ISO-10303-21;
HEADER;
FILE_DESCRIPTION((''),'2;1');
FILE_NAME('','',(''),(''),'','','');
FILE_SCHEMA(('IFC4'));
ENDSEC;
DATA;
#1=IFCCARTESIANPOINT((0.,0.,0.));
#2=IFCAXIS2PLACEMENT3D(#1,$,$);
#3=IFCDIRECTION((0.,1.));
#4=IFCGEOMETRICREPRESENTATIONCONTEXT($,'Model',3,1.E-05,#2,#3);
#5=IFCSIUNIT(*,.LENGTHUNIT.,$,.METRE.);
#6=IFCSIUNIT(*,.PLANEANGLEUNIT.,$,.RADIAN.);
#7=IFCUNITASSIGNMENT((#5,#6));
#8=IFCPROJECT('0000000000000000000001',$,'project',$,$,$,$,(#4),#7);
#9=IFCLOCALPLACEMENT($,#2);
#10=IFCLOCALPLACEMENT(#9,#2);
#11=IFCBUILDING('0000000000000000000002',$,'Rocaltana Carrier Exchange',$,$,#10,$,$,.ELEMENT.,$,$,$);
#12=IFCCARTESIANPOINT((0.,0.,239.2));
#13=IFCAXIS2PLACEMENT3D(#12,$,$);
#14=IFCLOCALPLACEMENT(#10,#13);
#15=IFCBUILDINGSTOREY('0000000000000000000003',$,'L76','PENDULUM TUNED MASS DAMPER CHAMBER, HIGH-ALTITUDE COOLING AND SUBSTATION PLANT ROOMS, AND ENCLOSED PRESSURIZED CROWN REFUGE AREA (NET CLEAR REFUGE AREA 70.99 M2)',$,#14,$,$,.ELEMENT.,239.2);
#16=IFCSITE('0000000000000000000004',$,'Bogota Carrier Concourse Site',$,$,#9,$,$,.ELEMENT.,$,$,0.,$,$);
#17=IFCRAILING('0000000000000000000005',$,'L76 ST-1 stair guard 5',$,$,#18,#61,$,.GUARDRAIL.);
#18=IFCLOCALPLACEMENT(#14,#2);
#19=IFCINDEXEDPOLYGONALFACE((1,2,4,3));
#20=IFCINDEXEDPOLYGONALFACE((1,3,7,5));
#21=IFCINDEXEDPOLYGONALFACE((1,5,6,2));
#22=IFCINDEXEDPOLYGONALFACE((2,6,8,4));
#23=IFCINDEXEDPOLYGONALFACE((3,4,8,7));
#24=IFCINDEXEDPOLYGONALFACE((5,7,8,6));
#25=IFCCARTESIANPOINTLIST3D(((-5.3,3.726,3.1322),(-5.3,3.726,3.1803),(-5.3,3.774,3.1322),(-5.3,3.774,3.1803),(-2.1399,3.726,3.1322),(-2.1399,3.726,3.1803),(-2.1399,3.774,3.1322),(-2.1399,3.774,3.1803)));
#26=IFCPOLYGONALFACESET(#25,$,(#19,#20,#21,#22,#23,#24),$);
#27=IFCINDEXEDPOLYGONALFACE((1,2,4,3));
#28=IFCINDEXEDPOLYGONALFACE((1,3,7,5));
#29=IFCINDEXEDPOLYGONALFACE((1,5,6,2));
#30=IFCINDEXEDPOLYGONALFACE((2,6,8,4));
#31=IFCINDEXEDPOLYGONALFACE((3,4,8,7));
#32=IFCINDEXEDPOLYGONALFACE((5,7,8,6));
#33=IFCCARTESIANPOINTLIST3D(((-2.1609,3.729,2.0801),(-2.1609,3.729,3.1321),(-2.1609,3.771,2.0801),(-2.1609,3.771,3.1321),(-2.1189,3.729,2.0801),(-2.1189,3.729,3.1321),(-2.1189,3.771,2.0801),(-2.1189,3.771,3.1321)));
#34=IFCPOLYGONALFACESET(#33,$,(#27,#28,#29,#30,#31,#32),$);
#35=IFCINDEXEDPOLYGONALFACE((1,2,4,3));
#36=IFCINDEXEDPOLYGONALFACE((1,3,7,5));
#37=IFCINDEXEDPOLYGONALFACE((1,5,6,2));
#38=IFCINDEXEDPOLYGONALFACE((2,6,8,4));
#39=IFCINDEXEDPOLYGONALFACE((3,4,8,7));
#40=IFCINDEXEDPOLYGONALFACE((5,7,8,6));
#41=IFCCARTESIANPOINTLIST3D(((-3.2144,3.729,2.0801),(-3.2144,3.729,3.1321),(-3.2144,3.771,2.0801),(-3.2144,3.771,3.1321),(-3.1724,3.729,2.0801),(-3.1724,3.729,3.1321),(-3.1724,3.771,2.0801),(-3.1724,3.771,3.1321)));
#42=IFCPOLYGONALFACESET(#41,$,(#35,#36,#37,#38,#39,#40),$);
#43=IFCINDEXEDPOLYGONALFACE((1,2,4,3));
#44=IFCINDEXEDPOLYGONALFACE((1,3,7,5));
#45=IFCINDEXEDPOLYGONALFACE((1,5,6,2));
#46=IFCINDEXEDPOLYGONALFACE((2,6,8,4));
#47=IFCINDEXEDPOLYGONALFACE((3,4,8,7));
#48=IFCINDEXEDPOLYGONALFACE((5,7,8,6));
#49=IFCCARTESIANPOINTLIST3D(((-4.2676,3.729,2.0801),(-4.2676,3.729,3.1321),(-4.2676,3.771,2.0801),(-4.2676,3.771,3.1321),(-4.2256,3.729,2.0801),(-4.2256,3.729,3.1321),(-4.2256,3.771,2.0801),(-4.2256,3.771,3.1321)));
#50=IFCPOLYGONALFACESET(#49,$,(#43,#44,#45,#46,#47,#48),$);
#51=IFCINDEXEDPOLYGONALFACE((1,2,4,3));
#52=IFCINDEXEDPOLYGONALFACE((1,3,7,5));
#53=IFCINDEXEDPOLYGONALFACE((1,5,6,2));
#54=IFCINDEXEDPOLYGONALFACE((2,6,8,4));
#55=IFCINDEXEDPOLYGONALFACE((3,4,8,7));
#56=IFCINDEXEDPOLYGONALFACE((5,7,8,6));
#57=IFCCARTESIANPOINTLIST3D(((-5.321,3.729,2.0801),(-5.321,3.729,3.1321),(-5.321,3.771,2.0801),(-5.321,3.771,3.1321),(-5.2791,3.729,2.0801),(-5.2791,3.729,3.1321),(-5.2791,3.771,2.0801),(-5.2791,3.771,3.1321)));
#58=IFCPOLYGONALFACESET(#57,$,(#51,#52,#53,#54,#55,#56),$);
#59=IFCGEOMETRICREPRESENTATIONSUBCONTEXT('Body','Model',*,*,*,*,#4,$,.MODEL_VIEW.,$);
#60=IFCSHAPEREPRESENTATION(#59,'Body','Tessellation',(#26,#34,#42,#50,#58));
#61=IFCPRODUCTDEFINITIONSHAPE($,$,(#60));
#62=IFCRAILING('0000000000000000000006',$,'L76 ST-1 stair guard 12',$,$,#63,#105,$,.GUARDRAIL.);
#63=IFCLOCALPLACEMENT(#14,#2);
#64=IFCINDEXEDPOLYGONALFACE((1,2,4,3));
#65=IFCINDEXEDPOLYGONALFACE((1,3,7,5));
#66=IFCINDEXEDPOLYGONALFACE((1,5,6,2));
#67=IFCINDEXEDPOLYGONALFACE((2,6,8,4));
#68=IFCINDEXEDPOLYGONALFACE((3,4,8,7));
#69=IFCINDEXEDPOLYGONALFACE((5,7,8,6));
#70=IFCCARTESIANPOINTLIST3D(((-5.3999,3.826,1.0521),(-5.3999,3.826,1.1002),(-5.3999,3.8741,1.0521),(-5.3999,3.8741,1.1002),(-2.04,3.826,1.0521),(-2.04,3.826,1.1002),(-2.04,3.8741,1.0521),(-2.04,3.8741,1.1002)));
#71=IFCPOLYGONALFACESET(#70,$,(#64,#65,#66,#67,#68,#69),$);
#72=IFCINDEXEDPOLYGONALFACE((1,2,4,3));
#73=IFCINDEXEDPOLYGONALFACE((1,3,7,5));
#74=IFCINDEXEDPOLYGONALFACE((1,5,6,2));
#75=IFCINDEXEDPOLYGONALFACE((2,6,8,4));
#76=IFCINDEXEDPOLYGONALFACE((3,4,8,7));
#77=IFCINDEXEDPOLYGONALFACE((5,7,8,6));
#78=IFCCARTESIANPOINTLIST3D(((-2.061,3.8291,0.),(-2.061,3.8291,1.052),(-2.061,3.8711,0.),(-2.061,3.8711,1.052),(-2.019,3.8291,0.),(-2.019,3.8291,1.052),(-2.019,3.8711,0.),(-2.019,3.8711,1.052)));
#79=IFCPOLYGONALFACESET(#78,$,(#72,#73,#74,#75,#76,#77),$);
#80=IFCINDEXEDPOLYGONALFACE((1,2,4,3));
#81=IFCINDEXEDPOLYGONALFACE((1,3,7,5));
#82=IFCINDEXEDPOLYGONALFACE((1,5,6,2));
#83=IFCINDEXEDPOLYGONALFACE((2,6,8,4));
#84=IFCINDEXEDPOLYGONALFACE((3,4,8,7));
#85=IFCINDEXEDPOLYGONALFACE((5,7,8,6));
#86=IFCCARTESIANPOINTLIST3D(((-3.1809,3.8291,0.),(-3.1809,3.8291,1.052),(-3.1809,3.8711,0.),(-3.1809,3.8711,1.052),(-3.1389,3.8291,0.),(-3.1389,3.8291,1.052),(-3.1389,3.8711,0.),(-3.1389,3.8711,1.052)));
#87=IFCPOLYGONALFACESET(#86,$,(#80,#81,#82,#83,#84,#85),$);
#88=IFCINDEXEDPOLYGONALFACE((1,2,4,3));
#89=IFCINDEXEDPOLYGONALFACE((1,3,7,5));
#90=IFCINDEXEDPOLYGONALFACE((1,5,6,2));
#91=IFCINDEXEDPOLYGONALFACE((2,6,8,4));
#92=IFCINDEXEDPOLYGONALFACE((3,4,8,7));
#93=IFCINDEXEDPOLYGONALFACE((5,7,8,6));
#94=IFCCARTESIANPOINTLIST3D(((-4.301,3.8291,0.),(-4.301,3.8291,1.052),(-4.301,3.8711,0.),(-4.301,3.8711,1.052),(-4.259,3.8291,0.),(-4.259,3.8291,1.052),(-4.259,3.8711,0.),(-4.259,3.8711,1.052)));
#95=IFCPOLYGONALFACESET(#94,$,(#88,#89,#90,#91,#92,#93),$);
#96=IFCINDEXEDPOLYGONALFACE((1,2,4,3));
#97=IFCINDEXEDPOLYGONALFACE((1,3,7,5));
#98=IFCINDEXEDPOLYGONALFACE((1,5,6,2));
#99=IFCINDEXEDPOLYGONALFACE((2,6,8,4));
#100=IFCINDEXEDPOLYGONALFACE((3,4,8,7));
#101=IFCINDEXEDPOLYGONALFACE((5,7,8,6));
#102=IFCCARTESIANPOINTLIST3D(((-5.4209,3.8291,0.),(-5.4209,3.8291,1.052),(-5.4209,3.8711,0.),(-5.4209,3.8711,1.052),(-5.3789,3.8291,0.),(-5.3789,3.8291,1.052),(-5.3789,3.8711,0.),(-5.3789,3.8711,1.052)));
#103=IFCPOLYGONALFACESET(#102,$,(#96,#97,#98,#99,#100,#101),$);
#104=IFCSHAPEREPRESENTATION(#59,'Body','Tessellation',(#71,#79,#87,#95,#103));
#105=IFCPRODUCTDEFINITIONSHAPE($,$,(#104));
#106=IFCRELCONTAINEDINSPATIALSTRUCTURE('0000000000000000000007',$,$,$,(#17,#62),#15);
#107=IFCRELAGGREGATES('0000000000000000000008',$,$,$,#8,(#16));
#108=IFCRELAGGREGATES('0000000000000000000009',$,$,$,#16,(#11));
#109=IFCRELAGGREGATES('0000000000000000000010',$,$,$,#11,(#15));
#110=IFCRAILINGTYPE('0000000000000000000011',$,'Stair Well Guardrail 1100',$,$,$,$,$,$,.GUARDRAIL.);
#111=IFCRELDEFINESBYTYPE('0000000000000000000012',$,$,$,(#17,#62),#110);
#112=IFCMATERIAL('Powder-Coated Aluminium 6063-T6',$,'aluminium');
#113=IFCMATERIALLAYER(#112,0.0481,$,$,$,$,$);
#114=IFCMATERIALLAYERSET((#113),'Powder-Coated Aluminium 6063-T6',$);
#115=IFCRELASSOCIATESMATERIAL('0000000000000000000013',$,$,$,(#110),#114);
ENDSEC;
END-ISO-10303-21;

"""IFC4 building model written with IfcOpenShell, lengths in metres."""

from ifc_helpers import new_model, si_unit, direction, frame, origin, origin_2d, place, context, subcontext, project, spatial, rectangle, extrude, material, layer, layer_set, type_object, element, save


model = new_model("IFC4")

# Units and contexts
model_context = context("Model", 3, precision=1e-05, world=origin(), true_north=direction((0.0, 1.0)))
body_context = subcontext(model_context, "Body", "Model", "MODEL_VIEW")
ifc_project = project(units=[si_unit("LENGTHUNIT", "METRE"), si_unit("PLANEANGLEUNIT", "RADIAN")], contexts=[model_context])

# Site, building, storey
site_placement = place(None, origin())
site = spatial("IfcSite", under=ifc_project, at=site_placement, Name="Bogota Carrier Concourse Site", CompositionType="ELEMENT", RefElevation=0.0)
building_placement = place(site_placement, origin())
building = spatial("IfcBuilding", under=site, at=building_placement, Name="Rocaltana Carrier Exchange", CompositionType="ELEMENT")
storey_placement = place(building_placement, frame((0.0, 0.0, 239.2)))
storey = spatial("IfcBuildingStorey", under=building, at=storey_placement, Name="L76", Description="PENDULUM TUNED MASS DAMPER CHAMBER, HIGH-ALTITUDE COOLING AND SUBSTATION PLANT ROOMS, AND ENCLOSED PRESSURIZED CROWN REFUGE AREA (NET CLEAR REFUGE AREA 70.99 M2)", CompositionType="ELEMENT", Elevation=239.2)

# Railings
ifc_material_1 = material(Name="Powder-Coated Aluminium 6063-T6", Category="aluminium")
ifc_layer_1 = layer(ifc_material_1, 0.0481)
ifc_layer_set_1 = layer_set([ifc_layer_1], Name="Powder-Coated Aluminium 6063-T6")
railing_type_1 = type_object("IfcRailingType", Name="Stair Well Guardrail 1100", PredefinedType="GUARDRAIL", material=ifc_layer_set_1)
railing_1_placement = place(storey_placement, frame((-2.1399, 3.75, 2.0801)))
element("IfcRailing", 1, at=railing_1_placement, inside=storey, type_object=railing_type_1, Name="L76 ST-1 stair guard 5", PredefinedType="GUARDRAIL", context=body_context, shape_type="SweptSolid", body=[
    extrude(rectangle(XDim=0.0481, YDim=0.0481, at=origin_2d()), frame((0.0, 0.0, 1.0762), z_axis=(-1.0, 0.0, 0.0), x_axis=(0.0, -1.0, 0.0)), (0.0, 0.0, 1.0), 3.1602),
    extrude(rectangle(XDim=0.042, YDim=0.042, at=origin_2d()), origin(), (0.0, 0.0, 1.0), 1.052),
    extrude(rectangle(XDim=0.042, YDim=0.042, at=origin_2d()), frame((-1.0535, 0.0, 0.0)), (0.0, 0.0, 1.0), 1.052),
    extrude(rectangle(XDim=0.042, YDim=0.042, at=origin_2d()), frame((-2.1067, 0.0, 0.0)), (0.0, 0.0, 1.0), 1.052),
    extrude(rectangle(XDim=0.042, YDim=0.042, at=origin_2d()), frame((-3.1602, 0.0, 0.0)), (0.0, 0.0, 1.0), 1.052),
])
railing_2_placement = place(storey_placement, frame((-2.04, 3.8501, 0.0)))
element("IfcRailing", 2, at=railing_2_placement, inside=storey, type_object=railing_type_1, Name="L76 ST-1 stair guard 12", PredefinedType="GUARDRAIL", context=body_context, shape_type="SweptSolid", body=[
    extrude(rectangle(XDim=0.0481, YDim=0.0481, at=origin_2d()), frame((0.0, 0.0, 1.0762), z_axis=(-1.0, 0.0, 0.0), x_axis=(0.0, -1.0, 0.0)), (0.0, 0.0, 1.0), 3.3599),
    extrude(rectangle(XDim=0.042, YDim=0.042, at=origin_2d()), origin(), (0.0, 0.0, 1.0), 1.052),
    extrude(rectangle(XDim=0.042, YDim=0.042, at=origin_2d()), frame((-1.1199, 0.0, 0.0)), (0.0, 0.0, 1.0), 1.052),
    extrude(rectangle(XDim=0.042, YDim=0.042, at=origin_2d()), frame((-2.24, 0.0, 0.0)), (0.0, 0.0, 1.0), 1.052),
    extrude(rectangle(XDim=0.042, YDim=0.042, at=origin_2d()), frame((-3.3599, 0.0, 0.0)), (0.0, 0.0, 1.0), 1.052),
])

save(model, "model.ifc")
